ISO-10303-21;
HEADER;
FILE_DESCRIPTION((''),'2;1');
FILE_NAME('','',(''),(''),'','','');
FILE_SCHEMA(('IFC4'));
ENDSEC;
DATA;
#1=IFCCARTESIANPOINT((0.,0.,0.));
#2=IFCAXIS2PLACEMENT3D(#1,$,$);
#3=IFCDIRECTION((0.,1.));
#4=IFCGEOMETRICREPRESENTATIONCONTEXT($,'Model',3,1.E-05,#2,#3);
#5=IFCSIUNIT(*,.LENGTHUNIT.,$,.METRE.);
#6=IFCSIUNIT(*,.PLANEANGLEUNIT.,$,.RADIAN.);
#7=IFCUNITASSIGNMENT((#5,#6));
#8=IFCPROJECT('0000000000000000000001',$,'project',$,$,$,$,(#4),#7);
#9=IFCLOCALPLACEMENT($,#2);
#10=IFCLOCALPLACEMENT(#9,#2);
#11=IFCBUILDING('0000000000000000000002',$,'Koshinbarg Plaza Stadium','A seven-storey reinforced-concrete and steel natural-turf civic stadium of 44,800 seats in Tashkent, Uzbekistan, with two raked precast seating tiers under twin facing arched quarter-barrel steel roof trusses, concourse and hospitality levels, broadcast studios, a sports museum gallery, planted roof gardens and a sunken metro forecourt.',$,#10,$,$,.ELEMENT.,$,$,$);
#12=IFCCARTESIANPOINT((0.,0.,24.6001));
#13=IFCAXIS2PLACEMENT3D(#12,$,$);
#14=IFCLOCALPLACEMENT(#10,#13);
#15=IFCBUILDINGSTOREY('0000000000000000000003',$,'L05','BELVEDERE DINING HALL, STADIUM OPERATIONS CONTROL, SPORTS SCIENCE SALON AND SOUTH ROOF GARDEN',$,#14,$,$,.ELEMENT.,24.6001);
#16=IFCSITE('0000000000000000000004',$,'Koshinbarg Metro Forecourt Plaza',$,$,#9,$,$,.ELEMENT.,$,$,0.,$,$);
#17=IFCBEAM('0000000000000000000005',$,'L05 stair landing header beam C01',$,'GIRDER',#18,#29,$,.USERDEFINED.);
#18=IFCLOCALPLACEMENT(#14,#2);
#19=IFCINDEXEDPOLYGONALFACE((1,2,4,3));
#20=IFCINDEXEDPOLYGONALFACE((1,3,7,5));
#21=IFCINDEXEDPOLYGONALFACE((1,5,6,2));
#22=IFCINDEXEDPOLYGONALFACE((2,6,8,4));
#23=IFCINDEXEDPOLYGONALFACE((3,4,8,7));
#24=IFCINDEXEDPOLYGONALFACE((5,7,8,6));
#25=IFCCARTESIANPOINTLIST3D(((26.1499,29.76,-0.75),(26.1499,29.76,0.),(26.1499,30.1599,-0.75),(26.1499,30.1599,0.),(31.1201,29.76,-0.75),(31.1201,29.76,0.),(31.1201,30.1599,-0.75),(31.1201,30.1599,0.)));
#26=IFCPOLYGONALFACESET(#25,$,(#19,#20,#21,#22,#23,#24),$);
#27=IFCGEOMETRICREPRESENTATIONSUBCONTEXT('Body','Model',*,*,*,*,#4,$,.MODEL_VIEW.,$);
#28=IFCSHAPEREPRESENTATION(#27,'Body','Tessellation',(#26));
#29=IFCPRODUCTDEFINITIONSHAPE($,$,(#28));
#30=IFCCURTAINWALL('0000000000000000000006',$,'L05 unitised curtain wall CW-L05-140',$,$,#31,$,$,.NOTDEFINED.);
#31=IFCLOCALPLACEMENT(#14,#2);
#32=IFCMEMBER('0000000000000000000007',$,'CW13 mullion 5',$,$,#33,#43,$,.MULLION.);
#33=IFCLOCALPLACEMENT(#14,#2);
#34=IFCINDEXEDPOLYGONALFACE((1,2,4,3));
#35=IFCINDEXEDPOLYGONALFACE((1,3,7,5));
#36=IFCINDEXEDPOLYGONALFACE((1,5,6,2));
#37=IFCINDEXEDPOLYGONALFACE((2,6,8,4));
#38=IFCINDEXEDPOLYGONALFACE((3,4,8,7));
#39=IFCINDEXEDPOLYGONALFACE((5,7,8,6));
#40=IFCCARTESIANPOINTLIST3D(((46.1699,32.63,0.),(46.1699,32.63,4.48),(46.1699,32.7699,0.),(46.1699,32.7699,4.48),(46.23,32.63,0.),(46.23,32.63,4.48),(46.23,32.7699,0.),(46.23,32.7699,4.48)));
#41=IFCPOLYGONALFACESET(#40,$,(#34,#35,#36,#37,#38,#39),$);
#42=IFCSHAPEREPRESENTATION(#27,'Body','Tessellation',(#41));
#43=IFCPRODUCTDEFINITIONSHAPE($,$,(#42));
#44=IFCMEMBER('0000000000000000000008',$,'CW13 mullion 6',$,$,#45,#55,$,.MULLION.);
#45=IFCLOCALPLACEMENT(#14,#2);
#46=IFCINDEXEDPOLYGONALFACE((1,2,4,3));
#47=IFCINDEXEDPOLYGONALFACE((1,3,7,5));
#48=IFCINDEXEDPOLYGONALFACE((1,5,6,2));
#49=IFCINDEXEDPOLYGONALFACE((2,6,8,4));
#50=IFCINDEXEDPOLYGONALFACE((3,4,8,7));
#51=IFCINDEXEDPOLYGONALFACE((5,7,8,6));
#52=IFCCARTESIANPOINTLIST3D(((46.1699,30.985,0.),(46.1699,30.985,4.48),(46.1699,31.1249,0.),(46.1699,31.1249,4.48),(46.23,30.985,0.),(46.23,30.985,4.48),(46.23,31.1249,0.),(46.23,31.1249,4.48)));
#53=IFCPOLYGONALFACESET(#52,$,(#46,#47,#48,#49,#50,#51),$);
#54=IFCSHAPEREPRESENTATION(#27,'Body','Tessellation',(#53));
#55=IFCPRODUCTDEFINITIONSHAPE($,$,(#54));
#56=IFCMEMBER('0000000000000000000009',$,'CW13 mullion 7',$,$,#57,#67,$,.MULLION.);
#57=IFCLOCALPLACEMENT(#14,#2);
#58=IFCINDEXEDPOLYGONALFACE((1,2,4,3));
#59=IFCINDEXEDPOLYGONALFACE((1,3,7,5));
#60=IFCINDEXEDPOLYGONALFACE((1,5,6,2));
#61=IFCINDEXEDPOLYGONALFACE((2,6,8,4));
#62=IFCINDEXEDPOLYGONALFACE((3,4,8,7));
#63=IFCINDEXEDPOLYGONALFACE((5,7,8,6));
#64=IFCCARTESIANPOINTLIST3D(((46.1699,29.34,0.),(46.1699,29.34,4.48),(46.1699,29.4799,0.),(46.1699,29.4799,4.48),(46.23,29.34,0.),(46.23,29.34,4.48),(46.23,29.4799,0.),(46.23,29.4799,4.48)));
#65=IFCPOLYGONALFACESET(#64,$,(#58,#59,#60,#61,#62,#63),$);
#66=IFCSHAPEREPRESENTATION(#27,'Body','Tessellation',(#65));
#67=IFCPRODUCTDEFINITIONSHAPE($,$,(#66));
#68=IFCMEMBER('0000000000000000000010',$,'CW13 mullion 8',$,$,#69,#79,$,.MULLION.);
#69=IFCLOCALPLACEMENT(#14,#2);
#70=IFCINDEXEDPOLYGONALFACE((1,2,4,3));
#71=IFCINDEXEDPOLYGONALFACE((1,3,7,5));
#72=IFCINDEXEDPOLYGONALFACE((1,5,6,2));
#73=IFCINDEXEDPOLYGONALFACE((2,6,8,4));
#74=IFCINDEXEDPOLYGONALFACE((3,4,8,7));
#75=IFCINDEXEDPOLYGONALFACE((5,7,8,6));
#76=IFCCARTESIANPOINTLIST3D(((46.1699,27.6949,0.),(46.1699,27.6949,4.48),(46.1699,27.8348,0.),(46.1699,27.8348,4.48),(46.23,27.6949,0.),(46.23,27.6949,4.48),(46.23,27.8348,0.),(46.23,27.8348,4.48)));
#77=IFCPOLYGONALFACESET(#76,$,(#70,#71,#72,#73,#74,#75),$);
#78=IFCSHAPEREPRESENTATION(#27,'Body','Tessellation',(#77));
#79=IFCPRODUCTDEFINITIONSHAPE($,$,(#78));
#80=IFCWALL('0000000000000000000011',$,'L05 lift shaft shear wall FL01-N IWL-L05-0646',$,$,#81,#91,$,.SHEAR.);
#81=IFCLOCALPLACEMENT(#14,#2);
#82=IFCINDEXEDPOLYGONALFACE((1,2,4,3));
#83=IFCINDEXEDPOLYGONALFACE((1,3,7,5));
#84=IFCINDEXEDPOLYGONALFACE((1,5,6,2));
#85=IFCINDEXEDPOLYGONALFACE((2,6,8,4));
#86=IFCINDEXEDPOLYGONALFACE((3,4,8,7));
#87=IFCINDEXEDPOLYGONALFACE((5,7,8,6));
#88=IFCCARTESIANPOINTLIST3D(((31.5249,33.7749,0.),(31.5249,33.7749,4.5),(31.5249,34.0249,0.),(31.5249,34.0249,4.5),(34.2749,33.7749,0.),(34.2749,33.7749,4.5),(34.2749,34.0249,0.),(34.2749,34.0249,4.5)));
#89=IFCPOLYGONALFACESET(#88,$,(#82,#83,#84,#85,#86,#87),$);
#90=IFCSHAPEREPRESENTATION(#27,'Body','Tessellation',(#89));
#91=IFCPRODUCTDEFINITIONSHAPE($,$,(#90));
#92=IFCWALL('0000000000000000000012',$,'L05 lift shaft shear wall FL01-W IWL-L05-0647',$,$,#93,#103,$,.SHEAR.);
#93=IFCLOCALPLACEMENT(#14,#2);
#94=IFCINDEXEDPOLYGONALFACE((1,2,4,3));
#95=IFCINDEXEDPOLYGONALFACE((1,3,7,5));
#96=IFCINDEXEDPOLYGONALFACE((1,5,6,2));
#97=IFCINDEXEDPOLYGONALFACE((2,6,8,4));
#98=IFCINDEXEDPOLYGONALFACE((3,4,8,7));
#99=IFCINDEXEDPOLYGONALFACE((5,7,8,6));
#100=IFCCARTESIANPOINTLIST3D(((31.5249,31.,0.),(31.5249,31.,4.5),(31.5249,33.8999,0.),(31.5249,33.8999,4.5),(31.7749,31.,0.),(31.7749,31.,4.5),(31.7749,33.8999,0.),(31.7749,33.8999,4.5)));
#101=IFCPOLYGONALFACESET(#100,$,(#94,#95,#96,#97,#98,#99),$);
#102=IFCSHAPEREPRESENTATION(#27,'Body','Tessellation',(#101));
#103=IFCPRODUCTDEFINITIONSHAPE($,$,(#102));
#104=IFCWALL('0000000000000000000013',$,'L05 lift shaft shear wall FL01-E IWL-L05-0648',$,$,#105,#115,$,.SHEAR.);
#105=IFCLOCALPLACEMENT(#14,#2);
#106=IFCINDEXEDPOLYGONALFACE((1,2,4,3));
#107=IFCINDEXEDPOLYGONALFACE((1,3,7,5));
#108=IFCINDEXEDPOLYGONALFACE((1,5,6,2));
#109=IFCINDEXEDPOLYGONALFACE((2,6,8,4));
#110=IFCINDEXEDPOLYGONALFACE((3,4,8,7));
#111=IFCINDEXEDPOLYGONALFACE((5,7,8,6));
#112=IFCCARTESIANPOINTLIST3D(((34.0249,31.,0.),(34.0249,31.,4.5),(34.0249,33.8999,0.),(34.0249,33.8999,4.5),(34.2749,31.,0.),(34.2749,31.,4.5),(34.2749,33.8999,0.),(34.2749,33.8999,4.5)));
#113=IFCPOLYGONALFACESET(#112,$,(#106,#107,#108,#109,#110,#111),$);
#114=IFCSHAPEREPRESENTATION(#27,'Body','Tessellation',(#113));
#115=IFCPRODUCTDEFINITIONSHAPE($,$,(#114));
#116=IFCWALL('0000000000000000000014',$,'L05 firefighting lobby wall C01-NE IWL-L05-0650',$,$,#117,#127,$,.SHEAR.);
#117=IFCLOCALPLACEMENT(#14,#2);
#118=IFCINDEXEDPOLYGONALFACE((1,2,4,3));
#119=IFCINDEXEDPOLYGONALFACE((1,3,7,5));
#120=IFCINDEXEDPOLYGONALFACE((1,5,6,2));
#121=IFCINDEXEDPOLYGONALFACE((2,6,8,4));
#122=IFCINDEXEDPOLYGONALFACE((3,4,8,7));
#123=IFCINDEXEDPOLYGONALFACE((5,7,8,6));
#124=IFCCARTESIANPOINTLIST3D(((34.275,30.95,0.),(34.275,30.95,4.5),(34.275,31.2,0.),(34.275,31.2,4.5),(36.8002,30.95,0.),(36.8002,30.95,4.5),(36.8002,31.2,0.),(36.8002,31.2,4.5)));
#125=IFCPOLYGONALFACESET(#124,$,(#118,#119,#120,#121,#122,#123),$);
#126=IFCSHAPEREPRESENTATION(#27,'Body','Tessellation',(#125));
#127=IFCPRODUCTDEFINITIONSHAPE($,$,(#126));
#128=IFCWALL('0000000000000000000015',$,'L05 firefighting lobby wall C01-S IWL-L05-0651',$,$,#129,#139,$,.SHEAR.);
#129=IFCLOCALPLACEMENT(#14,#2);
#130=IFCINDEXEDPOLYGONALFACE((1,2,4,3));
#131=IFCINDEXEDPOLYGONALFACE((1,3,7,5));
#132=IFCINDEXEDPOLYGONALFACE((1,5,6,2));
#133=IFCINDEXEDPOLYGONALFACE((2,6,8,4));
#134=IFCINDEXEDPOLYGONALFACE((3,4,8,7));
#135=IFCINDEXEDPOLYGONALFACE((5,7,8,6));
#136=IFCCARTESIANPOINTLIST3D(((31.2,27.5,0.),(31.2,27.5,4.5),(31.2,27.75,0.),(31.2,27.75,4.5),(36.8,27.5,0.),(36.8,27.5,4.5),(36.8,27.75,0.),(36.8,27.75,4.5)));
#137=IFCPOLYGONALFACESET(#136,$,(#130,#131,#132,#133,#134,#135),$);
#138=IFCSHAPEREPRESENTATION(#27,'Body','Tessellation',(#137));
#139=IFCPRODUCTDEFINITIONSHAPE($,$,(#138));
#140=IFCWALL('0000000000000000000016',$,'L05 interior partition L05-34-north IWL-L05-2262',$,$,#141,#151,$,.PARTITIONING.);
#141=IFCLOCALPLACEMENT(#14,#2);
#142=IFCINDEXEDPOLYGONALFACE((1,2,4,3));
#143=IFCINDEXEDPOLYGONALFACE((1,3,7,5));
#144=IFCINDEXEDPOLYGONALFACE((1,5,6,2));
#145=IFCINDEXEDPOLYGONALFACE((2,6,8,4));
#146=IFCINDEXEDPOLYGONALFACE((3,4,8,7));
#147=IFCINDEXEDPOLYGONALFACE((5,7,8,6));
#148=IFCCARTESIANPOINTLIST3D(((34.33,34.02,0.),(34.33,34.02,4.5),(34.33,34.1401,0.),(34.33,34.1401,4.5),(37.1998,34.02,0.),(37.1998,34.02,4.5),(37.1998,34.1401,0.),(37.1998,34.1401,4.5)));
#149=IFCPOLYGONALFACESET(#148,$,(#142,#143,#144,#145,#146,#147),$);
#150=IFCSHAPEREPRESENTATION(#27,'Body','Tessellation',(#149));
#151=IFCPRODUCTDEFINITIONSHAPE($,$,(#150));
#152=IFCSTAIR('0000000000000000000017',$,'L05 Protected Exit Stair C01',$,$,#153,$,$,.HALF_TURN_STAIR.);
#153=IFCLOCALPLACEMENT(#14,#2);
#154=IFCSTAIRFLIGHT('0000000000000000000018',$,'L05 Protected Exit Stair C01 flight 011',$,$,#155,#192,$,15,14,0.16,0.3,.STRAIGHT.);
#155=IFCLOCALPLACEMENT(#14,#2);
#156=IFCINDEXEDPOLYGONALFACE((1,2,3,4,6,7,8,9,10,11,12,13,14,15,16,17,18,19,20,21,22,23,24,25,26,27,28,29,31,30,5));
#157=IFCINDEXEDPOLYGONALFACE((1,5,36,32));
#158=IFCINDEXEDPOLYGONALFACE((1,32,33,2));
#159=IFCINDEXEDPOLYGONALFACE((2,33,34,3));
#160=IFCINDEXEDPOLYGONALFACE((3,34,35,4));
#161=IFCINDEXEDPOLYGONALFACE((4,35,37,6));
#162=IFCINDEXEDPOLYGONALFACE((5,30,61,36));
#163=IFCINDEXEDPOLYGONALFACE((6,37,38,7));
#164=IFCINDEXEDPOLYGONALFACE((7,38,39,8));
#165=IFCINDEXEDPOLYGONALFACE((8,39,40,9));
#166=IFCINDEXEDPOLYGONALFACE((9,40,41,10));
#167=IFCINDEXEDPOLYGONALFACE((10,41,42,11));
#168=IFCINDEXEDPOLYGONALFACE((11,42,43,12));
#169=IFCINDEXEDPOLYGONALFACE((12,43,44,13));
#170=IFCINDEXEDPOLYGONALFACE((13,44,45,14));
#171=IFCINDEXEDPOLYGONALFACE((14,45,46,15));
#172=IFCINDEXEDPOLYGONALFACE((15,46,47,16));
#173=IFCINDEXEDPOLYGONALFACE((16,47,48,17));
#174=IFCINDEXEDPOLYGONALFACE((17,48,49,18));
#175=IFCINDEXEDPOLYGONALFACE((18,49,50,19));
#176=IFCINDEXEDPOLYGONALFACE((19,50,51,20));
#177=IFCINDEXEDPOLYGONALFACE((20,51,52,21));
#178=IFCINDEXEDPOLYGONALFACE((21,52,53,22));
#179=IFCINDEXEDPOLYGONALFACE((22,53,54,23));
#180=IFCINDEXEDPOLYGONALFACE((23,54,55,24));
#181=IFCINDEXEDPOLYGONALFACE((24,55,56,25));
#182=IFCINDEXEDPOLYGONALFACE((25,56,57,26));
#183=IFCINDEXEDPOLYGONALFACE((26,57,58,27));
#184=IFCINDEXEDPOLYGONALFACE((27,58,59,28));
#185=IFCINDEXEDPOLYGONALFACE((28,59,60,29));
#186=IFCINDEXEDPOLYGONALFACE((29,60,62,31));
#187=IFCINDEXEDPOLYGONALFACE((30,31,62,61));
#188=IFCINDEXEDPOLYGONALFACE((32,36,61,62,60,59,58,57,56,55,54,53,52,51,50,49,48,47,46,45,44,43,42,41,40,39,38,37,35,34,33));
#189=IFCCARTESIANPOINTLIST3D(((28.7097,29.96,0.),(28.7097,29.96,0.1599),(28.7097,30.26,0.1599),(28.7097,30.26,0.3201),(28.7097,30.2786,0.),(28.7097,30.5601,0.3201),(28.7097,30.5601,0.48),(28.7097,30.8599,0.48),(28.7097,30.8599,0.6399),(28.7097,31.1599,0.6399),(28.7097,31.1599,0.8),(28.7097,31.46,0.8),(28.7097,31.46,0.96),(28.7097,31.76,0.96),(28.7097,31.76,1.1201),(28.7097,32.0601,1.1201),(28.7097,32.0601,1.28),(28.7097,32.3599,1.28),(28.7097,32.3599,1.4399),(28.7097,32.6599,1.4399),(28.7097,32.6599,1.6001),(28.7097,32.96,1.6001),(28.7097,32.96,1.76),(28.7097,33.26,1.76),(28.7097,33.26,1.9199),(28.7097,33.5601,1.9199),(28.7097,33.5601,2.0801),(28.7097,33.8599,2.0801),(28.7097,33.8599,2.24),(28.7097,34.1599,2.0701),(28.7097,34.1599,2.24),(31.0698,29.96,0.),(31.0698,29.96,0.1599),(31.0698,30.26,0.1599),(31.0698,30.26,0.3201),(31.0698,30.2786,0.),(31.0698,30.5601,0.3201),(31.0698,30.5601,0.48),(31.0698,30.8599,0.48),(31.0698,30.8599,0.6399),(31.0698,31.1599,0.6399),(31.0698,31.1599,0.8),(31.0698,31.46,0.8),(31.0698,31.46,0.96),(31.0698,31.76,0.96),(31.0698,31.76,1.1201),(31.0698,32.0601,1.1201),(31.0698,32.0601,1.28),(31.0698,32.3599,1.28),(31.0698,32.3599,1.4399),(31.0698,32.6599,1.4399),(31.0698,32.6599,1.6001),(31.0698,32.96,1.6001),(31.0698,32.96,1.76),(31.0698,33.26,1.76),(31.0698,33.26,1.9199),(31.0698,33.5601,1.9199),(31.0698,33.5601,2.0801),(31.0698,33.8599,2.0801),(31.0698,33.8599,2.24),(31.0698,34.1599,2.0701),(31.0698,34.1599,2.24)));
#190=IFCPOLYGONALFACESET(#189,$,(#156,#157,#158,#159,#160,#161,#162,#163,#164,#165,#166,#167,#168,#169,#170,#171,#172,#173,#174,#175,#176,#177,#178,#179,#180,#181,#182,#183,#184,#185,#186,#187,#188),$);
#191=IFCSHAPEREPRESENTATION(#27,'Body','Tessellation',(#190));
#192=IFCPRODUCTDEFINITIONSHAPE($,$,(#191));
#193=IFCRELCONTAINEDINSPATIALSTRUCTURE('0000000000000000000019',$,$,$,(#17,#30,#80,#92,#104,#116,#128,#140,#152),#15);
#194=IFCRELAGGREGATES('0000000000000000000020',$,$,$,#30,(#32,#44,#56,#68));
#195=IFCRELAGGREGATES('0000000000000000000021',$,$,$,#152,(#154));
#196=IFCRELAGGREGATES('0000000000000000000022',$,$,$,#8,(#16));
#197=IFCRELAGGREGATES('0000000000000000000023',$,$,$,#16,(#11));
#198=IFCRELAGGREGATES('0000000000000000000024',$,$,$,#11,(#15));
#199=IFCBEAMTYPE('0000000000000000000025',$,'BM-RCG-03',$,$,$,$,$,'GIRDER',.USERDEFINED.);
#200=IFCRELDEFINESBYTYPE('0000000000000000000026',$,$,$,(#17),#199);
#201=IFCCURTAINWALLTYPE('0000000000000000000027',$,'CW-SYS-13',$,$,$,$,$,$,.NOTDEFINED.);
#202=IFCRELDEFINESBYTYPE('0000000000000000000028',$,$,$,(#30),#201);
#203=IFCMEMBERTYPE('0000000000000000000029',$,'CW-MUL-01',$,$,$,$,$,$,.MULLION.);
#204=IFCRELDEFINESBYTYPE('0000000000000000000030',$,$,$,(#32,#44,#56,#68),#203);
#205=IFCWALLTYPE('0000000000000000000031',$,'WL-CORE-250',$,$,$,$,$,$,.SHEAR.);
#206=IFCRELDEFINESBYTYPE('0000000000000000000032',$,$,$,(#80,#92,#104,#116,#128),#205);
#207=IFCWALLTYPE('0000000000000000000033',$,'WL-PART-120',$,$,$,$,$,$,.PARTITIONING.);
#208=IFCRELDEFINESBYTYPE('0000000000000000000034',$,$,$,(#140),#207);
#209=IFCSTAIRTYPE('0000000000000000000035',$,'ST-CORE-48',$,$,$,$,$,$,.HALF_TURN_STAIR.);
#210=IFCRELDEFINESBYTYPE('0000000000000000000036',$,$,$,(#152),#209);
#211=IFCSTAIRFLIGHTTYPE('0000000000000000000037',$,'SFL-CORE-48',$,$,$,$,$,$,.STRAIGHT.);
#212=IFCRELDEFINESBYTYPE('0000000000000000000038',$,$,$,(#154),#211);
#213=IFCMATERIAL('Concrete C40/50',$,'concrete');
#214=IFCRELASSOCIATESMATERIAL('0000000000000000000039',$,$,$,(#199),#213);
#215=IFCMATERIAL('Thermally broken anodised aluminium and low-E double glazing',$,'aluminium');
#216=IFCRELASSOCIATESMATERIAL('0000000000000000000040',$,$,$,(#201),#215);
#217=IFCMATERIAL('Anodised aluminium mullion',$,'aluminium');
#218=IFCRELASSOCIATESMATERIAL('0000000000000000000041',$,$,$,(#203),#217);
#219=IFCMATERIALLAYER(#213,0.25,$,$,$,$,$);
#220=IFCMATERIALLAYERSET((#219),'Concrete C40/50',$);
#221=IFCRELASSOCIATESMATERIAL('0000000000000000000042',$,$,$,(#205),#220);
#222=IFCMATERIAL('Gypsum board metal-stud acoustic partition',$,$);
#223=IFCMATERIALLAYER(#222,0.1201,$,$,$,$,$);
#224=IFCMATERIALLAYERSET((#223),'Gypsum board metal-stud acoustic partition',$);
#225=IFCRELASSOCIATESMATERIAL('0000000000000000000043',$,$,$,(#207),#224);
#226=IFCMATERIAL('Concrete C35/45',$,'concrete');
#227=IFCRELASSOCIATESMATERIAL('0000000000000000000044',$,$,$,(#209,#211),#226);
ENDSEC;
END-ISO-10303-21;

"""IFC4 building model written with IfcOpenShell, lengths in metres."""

from ifc_helpers import new_model, si_unit, direction, frame, frame_2d, origin, origin_2d, place, context, subcontext, project, spatial, polyline, rectangle, outline, extrude, material, layer, layer_set, material_profile, profile_set, type_object, element, aggregate, save


model = new_model("IFC4")

# Units and contexts
model_context = context("Model", 3, precision=1e-05, world=origin(), true_north=direction((0.0, 1.0)))
body_context = subcontext(model_context, "Body", "Model", "MODEL_VIEW")
ifc_project = project(units=[si_unit("LENGTHUNIT", "METRE"), si_unit("PLANEANGLEUNIT", "RADIAN")], contexts=[model_context])

# Site, building, storey
site_placement = place(None, origin())
site = spatial("IfcSite", under=ifc_project, at=site_placement, Name="Koshinbarg Metro Forecourt Plaza", CompositionType="ELEMENT", RefElevation=0.0)
building_placement = place(site_placement, origin())
building = spatial("IfcBuilding", under=site, at=building_placement, Name="Koshinbarg Plaza Stadium", Description="A seven-storey reinforced-concrete and steel natural-turf civic stadium of 44,800 seats in Tashkent, Uzbekistan, with two raked precast seating tiers under twin facing arched quarter-barrel steel roof trusses, concourse and hospitality levels, broadcast studios, a sports museum gallery, planted roof gardens and a sunken metro forecourt.", CompositionType="ELEMENT")
storey_placement = place(building_placement, frame((0.0, 0.0, 24.6001)))
storey = spatial("IfcBuildingStorey", under=building, at=storey_placement, Name="L05", Description="BELVEDERE DINING HALL, STADIUM OPERATIONS CONTROL, SPORTS SCIENCE SALON AND SOUTH ROOF GARDEN", CompositionType="ELEMENT", Elevation=24.6001)

# Beam
ifc_material_1 = material(Name="Concrete C40/50", Category="concrete")
ifc_material_profile_1 = material_profile(ifc_material_1, rectangle(XDim=0.3999, YDim=0.75, at=origin_2d()), Name="RC 400x750")
ifc_profile_set_1 = profile_set([ifc_material_profile_1], Name="Concrete C40/50")
beam_type = type_object("IfcBeamType", Name="BM-RCG-03", ElementType="GIRDER", PredefinedType="USERDEFINED", material=ifc_profile_set_1)
beam_placement = place(storey_placement, frame((26.1499, 29.96, -0.375), z_axis=(1.0, 0.0, 0.0), x_axis=(0.0, 1.0, 0.0)))
element("IfcBeam", 1, at=beam_placement, inside=storey, type_object=beam_type, Name="L05 stair landing header beam C01", ObjectType="GIRDER", PredefinedType="USERDEFINED", context=body_context, shape_type="SweptSolid", body=[
    extrude(rectangle(XDim=0.3999, YDim=0.75, at=origin_2d()), origin(), (0.0, 0.0, 1.0), 4.9702),
])

# Curtain wall, members
ifc_material_2 = material(Name="Thermally broken anodised aluminium and low-E double glazing", Category="aluminium")
curtain_wall_type = type_object("IfcCurtainWallType", Name="CW-SYS-13", PredefinedType="NOTDEFINED", material=ifc_material_2)
curtain_wall_placement = place(storey_placement, origin())
curtain_wall = element("IfcCurtainWall", 2, at=curtain_wall_placement, inside=storey, type_object=curtain_wall_type, Name="L05 unitised curtain wall CW-L05-140", PredefinedType="NOTDEFINED")
ifc_material_3 = material(Name="Anodised aluminium mullion", Category="aluminium")
ifc_material_profile_2 = material_profile(ifc_material_3, rectangle(XDim=0.0601, YDim=0.1399, at=origin_2d()), Name="ALU 60x140")
ifc_profile_set_2 = profile_set([ifc_material_profile_2], Name="Anodised aluminium mullion")
member_type = type_object("IfcMemberType", Name="CW-MUL-01", PredefinedType="MULLION", material=ifc_profile_set_2)
member_1_placement = place(storey_placement, frame((46.2, 32.7, 0.0), z_axis=(0.0, 0.0, 1.0), x_axis=(1.0, 0.0, 0.0)))
member_1 = element("IfcMember", 3, at=member_1_placement, type_object=member_type, Name="CW13 mullion 5", PredefinedType="MULLION", context=body_context, shape_type="SweptSolid", body=[
    extrude(rectangle(XDim=0.0601, YDim=0.1399, at=origin_2d()), origin(), (0.0, 0.0, 1.0), 4.48),
])
member_2_placement = place(storey_placement, frame((46.2, 31.0549, 0.0), z_axis=(0.0, 0.0, 1.0), x_axis=(1.0, 0.0, 0.0)))
member_2 = element("IfcMember", 4, at=member_2_placement, type_object=member_type, Name="CW13 mullion 6", PredefinedType="MULLION", context=body_context, shape_type="SweptSolid", body=[
    extrude(rectangle(XDim=0.0601, YDim=0.1399, at=origin_2d()), origin(), (0.0, 0.0, 1.0), 4.48),
])
member_3_placement = place(storey_placement, frame((46.2, 29.4099, 0.0), z_axis=(0.0, 0.0, 1.0), x_axis=(1.0, 0.0, 0.0)))
member_3 = element("IfcMember", 5, at=member_3_placement, type_object=member_type, Name="CW13 mullion 7", PredefinedType="MULLION", context=body_context, shape_type="SweptSolid", body=[
    extrude(rectangle(XDim=0.0601, YDim=0.1399, at=origin_2d()), origin(), (0.0, 0.0, 1.0), 4.48),
])
member_4_placement = place(storey_placement, frame((46.2, 27.7649, 0.0), z_axis=(0.0, 0.0, 1.0), x_axis=(1.0, 0.0, 0.0)))
member_4 = element("IfcMember", 6, at=member_4_placement, type_object=member_type, Name="CW13 mullion 8", PredefinedType="MULLION", context=body_context, shape_type="SweptSolid", body=[
    extrude(rectangle(XDim=0.0601, YDim=0.1399, at=origin_2d()), origin(), (0.0, 0.0, 1.0), 4.48),
])
aggregate(curtain_wall, [member_1, member_2, member_3, member_4])

# Shared definitions
ifc_layer_1 = layer(ifc_material_1, 0.25)
ifc_layer_set_1 = layer_set([ifc_layer_1], Name="Concrete C40/50")
wall_type_1 = type_object("IfcWallType", Name="WL-CORE-250", PredefinedType="SHEAR", material=ifc_layer_set_1)

# Walls
wall_1_placement = place(storey_placement, frame((34.2749, 33.8999, 0.0), z_axis=(0.0, 0.0, 1.0), x_axis=(-1.0, 0.0, 0.0)))
element("IfcWall", 7, at=wall_1_placement, inside=storey, type_object=wall_type_1, Name="L05 lift shaft shear wall FL01-N IWL-L05-0646", PredefinedType="SHEAR", context=body_context, shape_type="SweptSolid", body=[
    extrude(rectangle(XDim=2.75, YDim=0.25, at=frame_2d((1.375, 0.0))), origin(), (0.0, 0.0, 1.0), 4.5),
])
for number, where, z_axis, x_axis, name in (
    (8, (31.6499, 33.8999, 0.0), (0.0, 0.0, 1.0), (0.0, -1.0, 0.0), "L05 lift shaft shear wall FL01-W IWL-L05-0647"),
    (9, (34.1499, 31.0, 0.0), (0.0, 0.0, 1.0), (0.0, 1.0, 0.0), "L05 lift shaft shear wall FL01-E IWL-L05-0648"),
):
    element("IfcWall", number, at=place(storey_placement, frame(where, z_axis=z_axis, x_axis=x_axis)), inside=storey, type_object=wall_type_1, Name=name, PredefinedType="SHEAR", context=body_context, shape_type="SweptSolid", body=[
        extrude(rectangle(XDim=2.8999, YDim=0.25, at=frame_2d((1.45, 0.0))), origin(), (0.0, 0.0, 1.0), 4.5),
    ])

# Walls
wall_2_placement = place(storey_placement, frame((34.2749, 31.075, 0.0), z_axis=(0.0, 0.0, 1.0), x_axis=(1.0, 0.0, 0.0)))
element("IfcWall", 10, at=wall_2_placement, inside=storey, type_object=wall_type_1, Name="L05 firefighting lobby wall C01-NE IWL-L05-0650", PredefinedType="SHEAR", context=body_context, shape_type="SweptSolid", body=[
    extrude(rectangle(XDim=2.5251, YDim=0.25, at=frame_2d((1.2627, 0.0))), origin(), (0.0, 0.0, 1.0), 4.5),
])
wall_3_placement = place(storey_placement, frame((31.2, 27.625, 0.0), z_axis=(0.0, 0.0, 1.0), x_axis=(1.0, 0.0, 0.0)))
element("IfcWall", 11, at=wall_3_placement, inside=storey, type_object=wall_type_1, Name="L05 firefighting lobby wall C01-S IWL-L05-0651", PredefinedType="SHEAR", context=body_context, shape_type="SweptSolid", body=[
    extrude(rectangle(XDim=5.6001, YDim=0.25, at=frame_2d((2.8, 0.0))), origin(), (0.0, 0.0, 1.0), 4.5),
])

# Shared definitions
ifc_material_4 = material(Name="Gypsum board metal-stud acoustic partition")
ifc_layer_2 = layer(ifc_material_4, 0.1201)
ifc_layer_set_2 = layer_set([ifc_layer_2], Name="Gypsum board metal-stud acoustic partition")
wall_type_2 = type_object("IfcWallType", Name="WL-PART-120", PredefinedType="PARTITIONING", material=ifc_layer_set_2)

# Wall
wall_4_placement = place(storey_placement, frame((37.2, 34.0801, 0.0), z_axis=(0.0, 0.0, 1.0), x_axis=(-1.0, 0.0, 0.0)))
element("IfcWall", 12, at=wall_4_placement, inside=storey, type_object=wall_type_2, Name="L05 interior partition L05-34-north IWL-L05-2262", PredefinedType="PARTITIONING", context=body_context, shape_type="SweptSolid", body=[
    extrude(rectangle(XDim=2.8699, YDim=0.1201, at=frame_2d((1.4351, 0.0))), origin(), (0.0, 0.0, 1.0), 4.5),
])

# Stair, stair flight
ifc_material_5 = material(Name="Concrete C35/45", Category="concrete")
stair_type = type_object("IfcStairType", Name="ST-CORE-48", PredefinedType="HALF_TURN_STAIR", material=ifc_material_5)
stair_placement = place(storey_placement, origin())
stair = element("IfcStair", 13, at=stair_placement, inside=storey, type_object=stair_type, Name="L05 Protected Exit Stair C01", PredefinedType="HALF_TURN_STAIR")
stair_flight_type = type_object("IfcStairFlightType", Name="SFL-CORE-48", PredefinedType="STRAIGHT", material=ifc_material_5)
stair_flight_1_placement = place(storey_placement, frame((29.8899, 29.96, 0.0), z_axis=(0.0, 0.0, 1.0), x_axis=(0.0, 1.0, 0.0)))
stair_flight_1 = element("IfcStairFlight", 14, at=stair_flight_1_placement, type_object=stair_flight_type, Name="L05 Protected Exit Stair C01 flight 011", NumberOfRisers=15, NumberOfTreads=14, PredefinedType="STRAIGHT", RiserHeight=0.16, TreadLength=0.3, context=body_context, shape_type="SweptSolid", body=[
    extrude(outline(polyline([(0.0, 0.0), (0.0, 0.1599), (0.3, 0.1599), (0.3, 0.3201), (0.6001, 0.3201), (0.6001, 0.48), (0.8999, 0.48), (0.8999, 0.6399), (1.2, 0.6399), (1.2, 0.8), (1.5, 0.8), (1.5, 0.96), (1.8, 0.96), (1.8, 1.1201), (2.1001, 1.1201), (2.1001, 1.28), (2.3999, 1.28), (2.3999, 1.4399), (2.7, 1.4399), (2.7, 1.6001), (3.0, 1.6001), (3.0, 1.76), (3.3, 1.76), (3.3, 1.9199), (3.6001, 1.9199), (3.6001, 2.0801), (3.8999, 2.0801), (3.8999, 2.24), (4.2, 2.24), (4.2, 2.3999), (4.2, 2.0701), (0.3186, 0.0), (0.0, 0.0)])), frame((0.0, 1.1802, 0.0), z_axis=(0.0, -1.0, 0.0), x_axis=(1.0, 0.0, 0.0)), (0.0, 0.0, 1.0), 2.3601),
])
aggregate(stair, [stair_flight_1])

save(model, "model.ifc")
